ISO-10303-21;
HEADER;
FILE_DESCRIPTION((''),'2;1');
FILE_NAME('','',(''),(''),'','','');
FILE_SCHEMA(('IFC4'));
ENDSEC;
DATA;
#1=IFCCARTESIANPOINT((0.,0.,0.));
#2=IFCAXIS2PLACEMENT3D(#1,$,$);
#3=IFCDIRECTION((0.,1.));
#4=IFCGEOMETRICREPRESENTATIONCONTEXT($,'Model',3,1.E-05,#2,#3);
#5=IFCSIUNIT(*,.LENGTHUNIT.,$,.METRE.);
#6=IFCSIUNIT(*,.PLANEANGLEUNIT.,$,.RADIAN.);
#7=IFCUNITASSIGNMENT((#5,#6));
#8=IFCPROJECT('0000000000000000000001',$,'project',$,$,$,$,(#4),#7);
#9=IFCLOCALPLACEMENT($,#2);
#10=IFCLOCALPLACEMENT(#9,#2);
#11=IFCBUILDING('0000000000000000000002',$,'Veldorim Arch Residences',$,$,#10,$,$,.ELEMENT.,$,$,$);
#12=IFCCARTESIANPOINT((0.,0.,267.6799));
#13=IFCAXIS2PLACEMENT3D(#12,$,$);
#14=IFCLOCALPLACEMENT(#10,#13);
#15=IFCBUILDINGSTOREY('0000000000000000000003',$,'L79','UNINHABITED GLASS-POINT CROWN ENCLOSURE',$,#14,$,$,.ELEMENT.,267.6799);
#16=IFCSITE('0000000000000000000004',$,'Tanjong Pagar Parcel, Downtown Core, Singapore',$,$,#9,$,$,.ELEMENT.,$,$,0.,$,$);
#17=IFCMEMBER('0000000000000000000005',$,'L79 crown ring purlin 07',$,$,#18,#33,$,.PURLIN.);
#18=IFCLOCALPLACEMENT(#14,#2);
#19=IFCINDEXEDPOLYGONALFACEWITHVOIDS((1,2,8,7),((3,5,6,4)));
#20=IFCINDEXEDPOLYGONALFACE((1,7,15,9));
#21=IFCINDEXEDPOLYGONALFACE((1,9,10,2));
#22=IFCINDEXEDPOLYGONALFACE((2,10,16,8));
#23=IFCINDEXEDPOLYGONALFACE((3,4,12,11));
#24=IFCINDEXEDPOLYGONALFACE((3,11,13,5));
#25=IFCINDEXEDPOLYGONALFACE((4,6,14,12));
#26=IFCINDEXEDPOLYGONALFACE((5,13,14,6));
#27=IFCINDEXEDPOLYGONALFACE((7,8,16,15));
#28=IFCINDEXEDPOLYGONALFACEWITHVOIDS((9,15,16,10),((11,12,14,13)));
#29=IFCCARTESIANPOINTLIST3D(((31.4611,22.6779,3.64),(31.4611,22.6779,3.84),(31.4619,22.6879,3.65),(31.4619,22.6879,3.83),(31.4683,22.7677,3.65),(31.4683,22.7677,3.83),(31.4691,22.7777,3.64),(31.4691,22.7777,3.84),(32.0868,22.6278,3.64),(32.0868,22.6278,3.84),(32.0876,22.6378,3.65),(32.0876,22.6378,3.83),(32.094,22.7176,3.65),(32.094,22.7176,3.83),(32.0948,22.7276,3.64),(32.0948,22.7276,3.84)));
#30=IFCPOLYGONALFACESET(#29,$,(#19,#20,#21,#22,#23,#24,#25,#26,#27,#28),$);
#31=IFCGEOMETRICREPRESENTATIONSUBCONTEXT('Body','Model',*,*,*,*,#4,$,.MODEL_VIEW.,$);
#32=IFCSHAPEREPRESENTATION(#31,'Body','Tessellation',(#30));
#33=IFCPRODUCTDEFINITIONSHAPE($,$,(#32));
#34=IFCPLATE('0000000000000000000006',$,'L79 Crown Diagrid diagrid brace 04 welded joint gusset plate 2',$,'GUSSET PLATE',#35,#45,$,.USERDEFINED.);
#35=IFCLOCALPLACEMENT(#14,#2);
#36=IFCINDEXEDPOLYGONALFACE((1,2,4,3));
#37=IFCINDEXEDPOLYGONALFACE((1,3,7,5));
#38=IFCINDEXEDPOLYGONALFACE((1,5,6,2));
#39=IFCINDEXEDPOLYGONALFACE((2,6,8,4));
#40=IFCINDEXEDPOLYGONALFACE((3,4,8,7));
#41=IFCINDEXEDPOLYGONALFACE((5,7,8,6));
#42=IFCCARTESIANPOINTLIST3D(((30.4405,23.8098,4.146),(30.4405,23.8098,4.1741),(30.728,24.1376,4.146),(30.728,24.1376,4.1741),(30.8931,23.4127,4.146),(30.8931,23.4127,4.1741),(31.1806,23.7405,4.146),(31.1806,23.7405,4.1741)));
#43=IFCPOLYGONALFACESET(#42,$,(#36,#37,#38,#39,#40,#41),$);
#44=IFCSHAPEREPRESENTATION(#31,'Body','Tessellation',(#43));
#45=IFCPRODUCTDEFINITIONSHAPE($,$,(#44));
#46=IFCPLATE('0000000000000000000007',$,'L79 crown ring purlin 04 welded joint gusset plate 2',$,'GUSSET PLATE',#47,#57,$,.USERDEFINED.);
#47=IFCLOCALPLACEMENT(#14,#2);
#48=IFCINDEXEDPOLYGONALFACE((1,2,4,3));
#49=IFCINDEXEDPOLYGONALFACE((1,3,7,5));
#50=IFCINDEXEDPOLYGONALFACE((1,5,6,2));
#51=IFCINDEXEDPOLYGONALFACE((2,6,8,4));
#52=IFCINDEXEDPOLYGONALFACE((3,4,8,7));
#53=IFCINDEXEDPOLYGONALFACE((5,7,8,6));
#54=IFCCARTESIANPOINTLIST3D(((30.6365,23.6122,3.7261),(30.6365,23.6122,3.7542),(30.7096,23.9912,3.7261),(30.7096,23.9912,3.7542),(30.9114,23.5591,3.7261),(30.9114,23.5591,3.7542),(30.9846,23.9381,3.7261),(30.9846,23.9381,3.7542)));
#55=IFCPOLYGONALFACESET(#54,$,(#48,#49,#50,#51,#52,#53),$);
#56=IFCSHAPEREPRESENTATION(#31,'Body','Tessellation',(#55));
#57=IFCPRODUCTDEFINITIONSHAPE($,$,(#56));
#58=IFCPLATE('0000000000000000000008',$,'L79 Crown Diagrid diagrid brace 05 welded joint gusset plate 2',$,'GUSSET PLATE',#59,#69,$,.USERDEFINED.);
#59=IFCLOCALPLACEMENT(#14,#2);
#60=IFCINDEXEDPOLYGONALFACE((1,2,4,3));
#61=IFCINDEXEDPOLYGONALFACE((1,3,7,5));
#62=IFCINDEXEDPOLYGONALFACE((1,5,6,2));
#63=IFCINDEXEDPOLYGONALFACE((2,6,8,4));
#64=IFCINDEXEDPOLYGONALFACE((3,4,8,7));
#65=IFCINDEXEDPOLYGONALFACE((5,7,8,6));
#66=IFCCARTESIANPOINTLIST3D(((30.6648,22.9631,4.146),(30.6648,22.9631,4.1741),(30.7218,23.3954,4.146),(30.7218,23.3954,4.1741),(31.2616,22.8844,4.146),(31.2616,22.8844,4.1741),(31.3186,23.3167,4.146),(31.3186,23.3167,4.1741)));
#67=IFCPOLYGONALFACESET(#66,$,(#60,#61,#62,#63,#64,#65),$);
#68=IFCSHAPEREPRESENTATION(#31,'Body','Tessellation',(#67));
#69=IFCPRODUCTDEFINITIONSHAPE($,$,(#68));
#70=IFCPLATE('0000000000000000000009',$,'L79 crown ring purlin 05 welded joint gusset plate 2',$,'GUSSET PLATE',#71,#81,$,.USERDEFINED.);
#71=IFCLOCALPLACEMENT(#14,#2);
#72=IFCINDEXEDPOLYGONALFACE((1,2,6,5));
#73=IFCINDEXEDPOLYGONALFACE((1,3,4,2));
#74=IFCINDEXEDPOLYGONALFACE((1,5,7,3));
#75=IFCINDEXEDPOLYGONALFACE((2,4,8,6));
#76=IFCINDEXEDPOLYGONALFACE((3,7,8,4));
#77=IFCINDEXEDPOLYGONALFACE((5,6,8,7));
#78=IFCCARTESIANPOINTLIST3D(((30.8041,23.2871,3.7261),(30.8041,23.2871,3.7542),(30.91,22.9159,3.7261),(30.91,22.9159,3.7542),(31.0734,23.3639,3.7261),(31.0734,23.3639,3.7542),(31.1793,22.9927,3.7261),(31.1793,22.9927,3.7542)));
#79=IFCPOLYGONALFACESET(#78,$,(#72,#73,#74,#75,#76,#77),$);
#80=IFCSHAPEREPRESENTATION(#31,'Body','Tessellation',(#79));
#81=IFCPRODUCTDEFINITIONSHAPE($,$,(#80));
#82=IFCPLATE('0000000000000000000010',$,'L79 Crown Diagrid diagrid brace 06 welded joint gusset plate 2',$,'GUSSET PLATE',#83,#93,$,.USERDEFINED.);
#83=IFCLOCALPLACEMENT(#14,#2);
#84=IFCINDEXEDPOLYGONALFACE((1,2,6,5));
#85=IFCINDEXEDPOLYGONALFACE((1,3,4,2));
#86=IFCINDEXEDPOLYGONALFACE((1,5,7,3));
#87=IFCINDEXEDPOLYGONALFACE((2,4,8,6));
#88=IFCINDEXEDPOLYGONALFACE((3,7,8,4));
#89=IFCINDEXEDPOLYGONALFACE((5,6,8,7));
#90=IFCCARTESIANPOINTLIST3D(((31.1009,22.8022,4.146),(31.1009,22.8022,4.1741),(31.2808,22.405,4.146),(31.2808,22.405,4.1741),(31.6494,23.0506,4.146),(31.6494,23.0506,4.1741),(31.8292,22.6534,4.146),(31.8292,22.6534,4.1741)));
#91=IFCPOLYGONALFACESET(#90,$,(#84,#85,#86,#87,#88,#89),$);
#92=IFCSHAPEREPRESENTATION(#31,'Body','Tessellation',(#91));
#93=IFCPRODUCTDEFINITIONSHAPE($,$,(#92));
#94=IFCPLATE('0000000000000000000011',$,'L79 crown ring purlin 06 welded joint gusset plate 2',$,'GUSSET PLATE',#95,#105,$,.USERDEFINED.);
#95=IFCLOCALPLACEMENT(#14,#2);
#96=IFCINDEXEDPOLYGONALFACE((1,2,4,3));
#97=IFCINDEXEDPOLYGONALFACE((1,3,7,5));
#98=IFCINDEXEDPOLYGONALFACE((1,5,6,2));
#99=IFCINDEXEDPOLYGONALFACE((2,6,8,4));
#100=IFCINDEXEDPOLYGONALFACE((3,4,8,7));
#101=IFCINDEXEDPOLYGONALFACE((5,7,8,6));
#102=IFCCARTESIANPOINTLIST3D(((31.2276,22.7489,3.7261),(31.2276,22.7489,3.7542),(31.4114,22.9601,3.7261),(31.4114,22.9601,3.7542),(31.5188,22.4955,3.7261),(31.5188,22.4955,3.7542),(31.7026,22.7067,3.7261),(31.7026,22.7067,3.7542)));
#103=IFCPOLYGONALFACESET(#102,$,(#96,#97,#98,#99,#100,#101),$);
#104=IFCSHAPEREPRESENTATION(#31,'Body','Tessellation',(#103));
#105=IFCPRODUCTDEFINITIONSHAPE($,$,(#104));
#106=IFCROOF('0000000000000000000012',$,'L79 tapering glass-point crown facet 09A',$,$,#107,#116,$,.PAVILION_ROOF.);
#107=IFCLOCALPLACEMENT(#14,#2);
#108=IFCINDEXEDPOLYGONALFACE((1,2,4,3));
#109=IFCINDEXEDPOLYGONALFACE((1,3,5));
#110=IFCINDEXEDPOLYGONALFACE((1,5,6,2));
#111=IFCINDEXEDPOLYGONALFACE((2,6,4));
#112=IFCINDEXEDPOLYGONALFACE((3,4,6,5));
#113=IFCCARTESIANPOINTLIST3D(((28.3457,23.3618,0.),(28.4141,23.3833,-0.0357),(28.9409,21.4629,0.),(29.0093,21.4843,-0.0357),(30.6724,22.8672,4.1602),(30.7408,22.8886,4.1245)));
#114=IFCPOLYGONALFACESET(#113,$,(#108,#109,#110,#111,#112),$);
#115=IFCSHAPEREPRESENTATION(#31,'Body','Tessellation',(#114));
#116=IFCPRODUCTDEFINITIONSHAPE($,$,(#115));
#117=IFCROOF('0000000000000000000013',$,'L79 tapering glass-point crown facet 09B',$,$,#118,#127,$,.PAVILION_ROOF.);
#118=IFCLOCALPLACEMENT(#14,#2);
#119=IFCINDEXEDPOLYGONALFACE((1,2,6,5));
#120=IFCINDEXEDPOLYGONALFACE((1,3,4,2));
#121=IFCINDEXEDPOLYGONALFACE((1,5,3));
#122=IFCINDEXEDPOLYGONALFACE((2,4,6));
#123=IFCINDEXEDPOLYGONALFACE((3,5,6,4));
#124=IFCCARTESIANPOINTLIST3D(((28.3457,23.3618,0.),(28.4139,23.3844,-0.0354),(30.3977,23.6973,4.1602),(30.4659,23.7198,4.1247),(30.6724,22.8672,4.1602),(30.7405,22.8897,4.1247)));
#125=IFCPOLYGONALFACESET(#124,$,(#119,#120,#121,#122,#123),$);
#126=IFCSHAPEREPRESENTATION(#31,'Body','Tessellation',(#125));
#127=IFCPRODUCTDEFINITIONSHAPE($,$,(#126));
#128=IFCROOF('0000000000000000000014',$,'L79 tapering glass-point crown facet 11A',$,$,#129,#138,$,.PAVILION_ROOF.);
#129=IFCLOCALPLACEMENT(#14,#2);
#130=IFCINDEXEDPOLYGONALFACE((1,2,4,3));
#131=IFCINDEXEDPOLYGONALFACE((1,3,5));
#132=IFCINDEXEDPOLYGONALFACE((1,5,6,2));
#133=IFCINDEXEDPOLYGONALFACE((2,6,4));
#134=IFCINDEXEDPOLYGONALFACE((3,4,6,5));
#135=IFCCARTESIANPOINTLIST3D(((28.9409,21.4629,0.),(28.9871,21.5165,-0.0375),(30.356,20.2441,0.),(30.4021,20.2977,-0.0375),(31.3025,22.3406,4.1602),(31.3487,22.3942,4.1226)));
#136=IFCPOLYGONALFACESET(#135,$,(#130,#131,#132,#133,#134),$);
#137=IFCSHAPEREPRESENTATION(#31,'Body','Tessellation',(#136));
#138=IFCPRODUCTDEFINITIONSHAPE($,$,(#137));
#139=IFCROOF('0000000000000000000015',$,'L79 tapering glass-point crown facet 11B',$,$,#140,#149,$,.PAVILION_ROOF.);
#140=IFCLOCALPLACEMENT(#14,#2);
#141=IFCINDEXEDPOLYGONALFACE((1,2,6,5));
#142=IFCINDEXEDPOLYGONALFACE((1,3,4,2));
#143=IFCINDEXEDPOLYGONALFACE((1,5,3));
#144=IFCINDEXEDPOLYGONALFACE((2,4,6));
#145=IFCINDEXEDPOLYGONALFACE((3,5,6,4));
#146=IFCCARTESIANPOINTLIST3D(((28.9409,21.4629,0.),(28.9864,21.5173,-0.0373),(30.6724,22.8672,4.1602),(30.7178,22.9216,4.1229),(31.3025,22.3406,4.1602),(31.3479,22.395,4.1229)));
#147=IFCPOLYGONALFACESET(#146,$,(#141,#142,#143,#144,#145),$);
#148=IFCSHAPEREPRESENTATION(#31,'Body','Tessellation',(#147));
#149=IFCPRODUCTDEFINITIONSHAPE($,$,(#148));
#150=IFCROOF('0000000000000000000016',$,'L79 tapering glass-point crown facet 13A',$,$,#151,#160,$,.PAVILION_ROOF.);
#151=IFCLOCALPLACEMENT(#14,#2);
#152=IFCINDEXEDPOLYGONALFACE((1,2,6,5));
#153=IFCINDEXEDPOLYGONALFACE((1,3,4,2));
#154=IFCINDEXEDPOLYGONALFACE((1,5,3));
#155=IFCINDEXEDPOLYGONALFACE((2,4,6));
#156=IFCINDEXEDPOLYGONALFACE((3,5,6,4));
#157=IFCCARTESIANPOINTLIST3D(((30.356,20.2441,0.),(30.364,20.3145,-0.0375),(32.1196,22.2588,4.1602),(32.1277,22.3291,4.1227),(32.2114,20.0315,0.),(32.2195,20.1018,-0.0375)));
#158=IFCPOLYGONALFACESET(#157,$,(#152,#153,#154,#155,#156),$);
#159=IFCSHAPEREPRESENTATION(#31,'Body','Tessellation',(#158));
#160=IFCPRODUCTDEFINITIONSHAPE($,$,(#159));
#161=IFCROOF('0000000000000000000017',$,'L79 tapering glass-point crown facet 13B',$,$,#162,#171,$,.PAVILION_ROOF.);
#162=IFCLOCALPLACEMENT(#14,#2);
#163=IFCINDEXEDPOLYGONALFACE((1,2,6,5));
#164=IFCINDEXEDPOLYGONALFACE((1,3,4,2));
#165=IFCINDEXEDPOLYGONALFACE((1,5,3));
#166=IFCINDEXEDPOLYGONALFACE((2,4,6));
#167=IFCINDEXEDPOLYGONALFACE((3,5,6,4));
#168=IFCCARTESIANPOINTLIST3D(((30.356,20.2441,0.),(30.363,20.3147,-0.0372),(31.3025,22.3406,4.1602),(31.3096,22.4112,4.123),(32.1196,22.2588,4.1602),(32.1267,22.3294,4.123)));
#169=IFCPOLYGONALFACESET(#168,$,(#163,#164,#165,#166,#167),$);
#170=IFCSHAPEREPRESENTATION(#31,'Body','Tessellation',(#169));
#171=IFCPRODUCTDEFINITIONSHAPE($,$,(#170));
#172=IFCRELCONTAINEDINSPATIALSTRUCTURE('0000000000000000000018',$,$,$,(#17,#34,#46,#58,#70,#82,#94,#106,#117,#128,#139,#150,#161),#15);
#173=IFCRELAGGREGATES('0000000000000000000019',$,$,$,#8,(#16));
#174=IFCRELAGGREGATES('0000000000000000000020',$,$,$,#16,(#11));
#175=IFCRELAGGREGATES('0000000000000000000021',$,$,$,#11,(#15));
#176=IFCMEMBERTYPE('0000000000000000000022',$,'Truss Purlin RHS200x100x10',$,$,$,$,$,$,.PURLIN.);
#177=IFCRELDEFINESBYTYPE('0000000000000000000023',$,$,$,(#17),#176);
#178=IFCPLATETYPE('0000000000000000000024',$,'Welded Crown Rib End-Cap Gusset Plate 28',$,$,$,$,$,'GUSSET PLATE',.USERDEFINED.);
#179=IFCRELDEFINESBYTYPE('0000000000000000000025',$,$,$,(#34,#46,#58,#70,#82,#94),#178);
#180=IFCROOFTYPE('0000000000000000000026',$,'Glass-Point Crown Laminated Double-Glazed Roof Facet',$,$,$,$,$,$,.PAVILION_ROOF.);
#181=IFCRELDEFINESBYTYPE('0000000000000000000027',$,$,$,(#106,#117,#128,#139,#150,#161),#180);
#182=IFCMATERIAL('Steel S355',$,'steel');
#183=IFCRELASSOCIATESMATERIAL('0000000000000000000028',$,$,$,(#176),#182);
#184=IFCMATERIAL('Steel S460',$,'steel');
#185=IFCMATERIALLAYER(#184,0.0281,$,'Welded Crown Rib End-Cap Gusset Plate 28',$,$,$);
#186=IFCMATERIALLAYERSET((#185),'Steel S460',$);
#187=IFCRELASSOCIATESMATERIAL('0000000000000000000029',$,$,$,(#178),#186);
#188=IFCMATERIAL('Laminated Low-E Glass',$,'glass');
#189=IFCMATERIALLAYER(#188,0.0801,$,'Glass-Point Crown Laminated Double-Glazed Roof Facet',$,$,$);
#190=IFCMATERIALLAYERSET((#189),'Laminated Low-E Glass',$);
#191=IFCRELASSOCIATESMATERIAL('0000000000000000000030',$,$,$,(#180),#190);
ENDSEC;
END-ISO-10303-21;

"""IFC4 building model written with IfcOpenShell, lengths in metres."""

from ifc_helpers import new_model, si_unit, direction, frame, origin, origin_2d, place, context, subcontext, project, spatial, polyline, rectangle, hollow_rectangle, outline, extrude, material, layer, layer_set, material_profile, profile_set, type_object, element, save


model = new_model("IFC4")

# Units and contexts
model_context = context("Model", 3, precision=1e-05, world=origin(), true_north=direction((0.0, 1.0)))
body_context = subcontext(model_context, "Body", "Model", "MODEL_VIEW")
ifc_project = project(units=[si_unit("LENGTHUNIT", "METRE"), si_unit("PLANEANGLEUNIT", "RADIAN")], contexts=[model_context])

# Site, building, storey
site_placement = place(None, origin())
site = spatial("IfcSite", under=ifc_project, at=site_placement, Name="Tanjong Pagar Parcel, Downtown Core, Singapore", CompositionType="ELEMENT", RefElevation=0.0)
building_placement = place(site_placement, origin())
building = spatial("IfcBuilding", under=site, at=building_placement, Name="Veldorim Arch Residences", CompositionType="ELEMENT")
storey_placement = place(building_placement, frame((0.0, 0.0, 267.6799)))
storey = spatial("IfcBuildingStorey", under=building, at=storey_placement, Name="L79", Description="UNINHABITED GLASS-POINT CROWN ENCLOSURE", CompositionType="ELEMENT", Elevation=267.6799)

# Member
ifc_material_1 = material(Name="Steel S355", Category="steel")
ifc_material_profile_1 = material_profile(ifc_material_1, hollow_rectangle(XDim=0.1001, YDim=0.2, WallThickness=0.01, at=origin_2d()), Name="RHS200x100x10")
ifc_profile_set_1 = profile_set([ifc_material_profile_1], Name="Steel S355")
member_type_1 = type_object("IfcMemberType", Name="Truss Purlin RHS200x100x10", PredefinedType="PURLIN", material=ifc_profile_set_1)
for number, where, z_axis, x_axis, name in (
    (1, (31.4651, 22.7278, 3.74), (0.996817, -0.07973, 0.0), (0.07973, 0.996817, 0.0), "L79 crown ring purlin 07"),
):
    element("IfcMember", number, at=place(storey_placement, frame(where, z_axis=z_axis, x_axis=x_axis)), inside=storey, type_object=member_type_1, Name=name, PredefinedType="PURLIN", context=body_context, shape_type="SweptSolid", body=[
        extrude(hollow_rectangle(XDim=0.1001, YDim=0.2, WallThickness=0.01, at=origin_2d()), origin(), (0.0, 0.0, 1.0), 0.6277),
    ])

# Plates
ifc_material_2 = material(Name="Steel S460", Category="steel")
ifc_layer_1 = layer(ifc_material_2, 0.0281, Name="Welded Crown Rib End-Cap Gusset Plate 28")
ifc_layer_set_1 = layer_set([ifc_layer_1], Name="Steel S460")
plate_type = type_object("IfcPlateType", Name="Welded Crown Rib End-Cap Gusset Plate 28", ElementType="GUSSET PLATE", PredefinedType="USERDEFINED", material=ifc_layer_set_1)
plate_1_placement = place(storey_placement, frame((30.8105, 23.7751, 4.146), z_axis=(0.0, 0.0, 1.0), x_axis=(0.751736, -0.659464, 0.0)))
element("IfcPlate", 2, at=plate_1_placement, inside=storey, type_object=plate_type, Name="L79 Crown Diagrid diagrid brace 04 welded joint gusset plate 2", ObjectType="GUSSET PLATE", PredefinedType="USERDEFINED", context=body_context, shape_type="SweptSolid", body=[
    extrude(rectangle(XDim=0.6021, YDim=0.436, at=origin_2d()), origin(), (0.0, 0.0, 1.0), 0.0281),
])
plate_2_placement = place(storey_placement, frame((30.8105, 23.7751, 3.7261), z_axis=(0.0, 0.0, 1.0), x_axis=(-0.189524, -0.981876, 0.0)))
element("IfcPlate", 3, at=plate_2_placement, inside=storey, type_object=plate_type, Name="L79 crown ring purlin 04 welded joint gusset plate 2", ObjectType="GUSSET PLATE", PredefinedType="USERDEFINED", context=body_context, shape_type="SweptSolid", body=[
    extrude(rectangle(XDim=0.386, YDim=0.28, at=origin_2d()), origin(), (0.0, 0.0, 1.0), 0.0281),
])
plate_3_placement = place(storey_placement, frame((30.9917, 23.1399, 4.146), z_axis=(0.0, 0.0, 1.0), x_axis=(0.991422, -0.130699, 0.0)))
element("IfcPlate", 4, at=plate_3_placement, inside=storey, type_object=plate_type, Name="L79 Crown Diagrid diagrid brace 05 welded joint gusset plate 2", ObjectType="GUSSET PLATE", PredefinedType="USERDEFINED", context=body_context, shape_type="SweptSolid", body=[
    extrude(rectangle(XDim=0.6021, YDim=0.436, at=origin_2d()), origin(), (0.0, 0.0, 1.0), 0.0281),
])
plate_4_placement = place(storey_placement, frame((30.9917, 23.1399, 3.7261), z_axis=(0.0, 0.0, 1.0), x_axis=(0.274379, -0.961622, 0.0)))
element("IfcPlate", 5, at=plate_4_placement, inside=storey, type_object=plate_type, Name="L79 crown ring purlin 05 welded joint gusset plate 2", ObjectType="GUSSET PLATE", PredefinedType="USERDEFINED", context=body_context, shape_type="SweptSolid", body=[
    extrude(rectangle(XDim=0.386, YDim=0.28, at=origin_2d()), origin(), (0.0, 0.0, 1.0), 0.0281),
])
plate_5_placement = place(storey_placement, frame((31.4651, 22.7278, 4.146), z_axis=(0.0, 0.0, 1.0), x_axis=(0.910943, 0.412532, 0.0)))
element("IfcPlate", 6, at=plate_5_placement, inside=storey, type_object=plate_type, Name="L79 Crown Diagrid diagrid brace 06 welded joint gusset plate 2", ObjectType="GUSSET PLATE", PredefinedType="USERDEFINED", context=body_context, shape_type="SweptSolid", body=[
    extrude(rectangle(XDim=0.6021, YDim=0.436, at=origin_2d()), origin(), (0.0, 0.0, 1.0), 0.0281),
])
plate_6_placement = place(storey_placement, frame((31.4651, 22.7278, 3.7261), z_axis=(0.0, 0.0, 1.0), x_axis=(0.754332, -0.656494, 0.0)))
element("IfcPlate", 7, at=plate_6_placement, inside=storey, type_object=plate_type, Name="L79 crown ring purlin 06 welded joint gusset plate 2", ObjectType="GUSSET PLATE", PredefinedType="USERDEFINED", context=body_context, shape_type="SweptSolid", body=[
    extrude(rectangle(XDim=0.386, YDim=0.28, at=origin_2d()), origin(), (0.0, 0.0, 1.0), 0.0281),
])

# Roofs
ifc_material_3 = material(Name="Laminated Low-E Glass", Category="glass")
ifc_layer_2 = layer(ifc_material_3, 0.0801, Name="Glass-Point Crown Laminated Double-Glazed Roof Facet")
ifc_layer_set_2 = layer_set([ifc_layer_2], Name="Laminated Low-E Glass")
roof_type = type_object("IfcRoofType", Name="Glass-Point Crown Laminated Double-Glazed Roof Facet", PredefinedType="PAVILION_ROOF", material=ifc_layer_set_2)
roof_1_placement = place(storey_placement, frame((28.3457, 23.3618, 0.0), z_axis=(-0.854128, -0.267725, 0.445858), x_axis=(0.299099, -0.954222, 0.0)))
element("IfcRoof", 8, at=roof_1_placement, inside=storey, type_object=roof_type, Name="L79 tapering glass-point crown facet 09A", PredefinedType="PAVILION_ROOF", context=body_context, shape_type="SweptSolid", body=[
    extrude(outline(polyline([(0.0, 0.0), (1.99, 0.0), (1.1679, 4.6477), (0.0, 0.0)])), origin(), (0.0, 0.0, -1.0), 0.0801),
])
roof_2_placement = place(storey_placement, frame((28.3457, 23.3618, 0.0), z_axis=(-0.851315, -0.281685, 0.442625), x_axis=(0.485513, -0.103216, 0.868115)))
element("IfcRoof", 9, at=roof_2_placement, inside=storey, type_object=roof_type, Name="L79 tapering glass-point crown facet 09B", PredefinedType="PAVILION_ROOF", context=body_context, shape_type="SweptSolid", body=[
    extrude(outline(polyline([(0.0, 0.0), (4.7922, 0.0), (4.5731, 0.8465), (0.0, 0.0)])), origin(), (0.0, 0.0, -1.0), 0.0801),
])
roof_3_placement = place(storey_placement, frame((28.9409, 21.4629, 0.0), z_axis=(-0.576543, -0.6694, 0.468509), x_axis=(0.757704, -0.652598, 0.0)))
element("IfcRoof", 10, at=roof_3_placement, inside=storey, type_object=roof_type, Name="L79 tapering glass-point crown facet 11A", PredefinedType="PAVILION_ROOF", context=body_context, shape_type="SweptSolid", body=[
    extrude(outline(polyline([(0.0, 0.0), (1.8675, 0.0), (1.2166, 4.7089), (0.0, 0.0)])), origin(), (0.0, 0.0, -1.0), 0.0801),
])
roof_4_placement = place(storey_placement, frame((28.9409, 21.4629, 0.0), z_axis=(-0.567563, -0.679129, 0.465464), x_axis=(0.485564, 0.180461, 0.855372)))
element("IfcRoof", 11, at=roof_4_placement, inside=storey, type_object=roof_type, Name="L79 tapering glass-point crown facet 11B", PredefinedType="PAVILION_ROOF", context=body_context, shape_type="SweptSolid", body=[
    extrude(outline(polyline([(0.0, 0.0), (4.8636, 0.0), (4.6526, 0.7937), (0.0, 0.0)])), origin(), (0.0, 0.0, -1.0), 0.0801),
])
roof_5_placement = place(storey_placement, frame((30.356, 20.2441, 0.0), z_axis=(-0.100629, -0.878047, 0.467875), x_axis=(0.993497, -0.11386, 0.0)))
element("IfcRoof", 12, at=roof_5_placement, inside=storey, type_object=roof_type, Name="L79 tapering glass-point crown facet 13A", PredefinedType="PAVILION_ROOF", context=body_context, shape_type="SweptSolid", body=[
    extrude(outline(polyline([(0.0, 0.0), (1.8676, 0.0), (1.5228, 4.7072), (0.0, 0.0)])), origin(), (0.0, 0.0, -1.0), 0.0801),
])
roof_6_placement = place(storey_placement, frame((30.356, 20.2441, 0.0), z_axis=(-0.088212, -0.881327, 0.464199), x_axis=(0.356488, 0.407218, 0.840886)))
element("IfcRoof", 13, at=roof_6_placement, inside=storey, type_object=roof_type, Name="L79 tapering glass-point crown facet 13B", PredefinedType="PAVILION_ROOF", context=body_context, shape_type="SweptSolid", body=[
    extrude(outline(polyline([(0.0, 0.0), (4.9473, 0.0), (4.6894, 0.7796), (0.0, 0.0)])), origin(), (0.0, 0.0, -1.0), 0.0801),
])

save(model, "model.ifc")
